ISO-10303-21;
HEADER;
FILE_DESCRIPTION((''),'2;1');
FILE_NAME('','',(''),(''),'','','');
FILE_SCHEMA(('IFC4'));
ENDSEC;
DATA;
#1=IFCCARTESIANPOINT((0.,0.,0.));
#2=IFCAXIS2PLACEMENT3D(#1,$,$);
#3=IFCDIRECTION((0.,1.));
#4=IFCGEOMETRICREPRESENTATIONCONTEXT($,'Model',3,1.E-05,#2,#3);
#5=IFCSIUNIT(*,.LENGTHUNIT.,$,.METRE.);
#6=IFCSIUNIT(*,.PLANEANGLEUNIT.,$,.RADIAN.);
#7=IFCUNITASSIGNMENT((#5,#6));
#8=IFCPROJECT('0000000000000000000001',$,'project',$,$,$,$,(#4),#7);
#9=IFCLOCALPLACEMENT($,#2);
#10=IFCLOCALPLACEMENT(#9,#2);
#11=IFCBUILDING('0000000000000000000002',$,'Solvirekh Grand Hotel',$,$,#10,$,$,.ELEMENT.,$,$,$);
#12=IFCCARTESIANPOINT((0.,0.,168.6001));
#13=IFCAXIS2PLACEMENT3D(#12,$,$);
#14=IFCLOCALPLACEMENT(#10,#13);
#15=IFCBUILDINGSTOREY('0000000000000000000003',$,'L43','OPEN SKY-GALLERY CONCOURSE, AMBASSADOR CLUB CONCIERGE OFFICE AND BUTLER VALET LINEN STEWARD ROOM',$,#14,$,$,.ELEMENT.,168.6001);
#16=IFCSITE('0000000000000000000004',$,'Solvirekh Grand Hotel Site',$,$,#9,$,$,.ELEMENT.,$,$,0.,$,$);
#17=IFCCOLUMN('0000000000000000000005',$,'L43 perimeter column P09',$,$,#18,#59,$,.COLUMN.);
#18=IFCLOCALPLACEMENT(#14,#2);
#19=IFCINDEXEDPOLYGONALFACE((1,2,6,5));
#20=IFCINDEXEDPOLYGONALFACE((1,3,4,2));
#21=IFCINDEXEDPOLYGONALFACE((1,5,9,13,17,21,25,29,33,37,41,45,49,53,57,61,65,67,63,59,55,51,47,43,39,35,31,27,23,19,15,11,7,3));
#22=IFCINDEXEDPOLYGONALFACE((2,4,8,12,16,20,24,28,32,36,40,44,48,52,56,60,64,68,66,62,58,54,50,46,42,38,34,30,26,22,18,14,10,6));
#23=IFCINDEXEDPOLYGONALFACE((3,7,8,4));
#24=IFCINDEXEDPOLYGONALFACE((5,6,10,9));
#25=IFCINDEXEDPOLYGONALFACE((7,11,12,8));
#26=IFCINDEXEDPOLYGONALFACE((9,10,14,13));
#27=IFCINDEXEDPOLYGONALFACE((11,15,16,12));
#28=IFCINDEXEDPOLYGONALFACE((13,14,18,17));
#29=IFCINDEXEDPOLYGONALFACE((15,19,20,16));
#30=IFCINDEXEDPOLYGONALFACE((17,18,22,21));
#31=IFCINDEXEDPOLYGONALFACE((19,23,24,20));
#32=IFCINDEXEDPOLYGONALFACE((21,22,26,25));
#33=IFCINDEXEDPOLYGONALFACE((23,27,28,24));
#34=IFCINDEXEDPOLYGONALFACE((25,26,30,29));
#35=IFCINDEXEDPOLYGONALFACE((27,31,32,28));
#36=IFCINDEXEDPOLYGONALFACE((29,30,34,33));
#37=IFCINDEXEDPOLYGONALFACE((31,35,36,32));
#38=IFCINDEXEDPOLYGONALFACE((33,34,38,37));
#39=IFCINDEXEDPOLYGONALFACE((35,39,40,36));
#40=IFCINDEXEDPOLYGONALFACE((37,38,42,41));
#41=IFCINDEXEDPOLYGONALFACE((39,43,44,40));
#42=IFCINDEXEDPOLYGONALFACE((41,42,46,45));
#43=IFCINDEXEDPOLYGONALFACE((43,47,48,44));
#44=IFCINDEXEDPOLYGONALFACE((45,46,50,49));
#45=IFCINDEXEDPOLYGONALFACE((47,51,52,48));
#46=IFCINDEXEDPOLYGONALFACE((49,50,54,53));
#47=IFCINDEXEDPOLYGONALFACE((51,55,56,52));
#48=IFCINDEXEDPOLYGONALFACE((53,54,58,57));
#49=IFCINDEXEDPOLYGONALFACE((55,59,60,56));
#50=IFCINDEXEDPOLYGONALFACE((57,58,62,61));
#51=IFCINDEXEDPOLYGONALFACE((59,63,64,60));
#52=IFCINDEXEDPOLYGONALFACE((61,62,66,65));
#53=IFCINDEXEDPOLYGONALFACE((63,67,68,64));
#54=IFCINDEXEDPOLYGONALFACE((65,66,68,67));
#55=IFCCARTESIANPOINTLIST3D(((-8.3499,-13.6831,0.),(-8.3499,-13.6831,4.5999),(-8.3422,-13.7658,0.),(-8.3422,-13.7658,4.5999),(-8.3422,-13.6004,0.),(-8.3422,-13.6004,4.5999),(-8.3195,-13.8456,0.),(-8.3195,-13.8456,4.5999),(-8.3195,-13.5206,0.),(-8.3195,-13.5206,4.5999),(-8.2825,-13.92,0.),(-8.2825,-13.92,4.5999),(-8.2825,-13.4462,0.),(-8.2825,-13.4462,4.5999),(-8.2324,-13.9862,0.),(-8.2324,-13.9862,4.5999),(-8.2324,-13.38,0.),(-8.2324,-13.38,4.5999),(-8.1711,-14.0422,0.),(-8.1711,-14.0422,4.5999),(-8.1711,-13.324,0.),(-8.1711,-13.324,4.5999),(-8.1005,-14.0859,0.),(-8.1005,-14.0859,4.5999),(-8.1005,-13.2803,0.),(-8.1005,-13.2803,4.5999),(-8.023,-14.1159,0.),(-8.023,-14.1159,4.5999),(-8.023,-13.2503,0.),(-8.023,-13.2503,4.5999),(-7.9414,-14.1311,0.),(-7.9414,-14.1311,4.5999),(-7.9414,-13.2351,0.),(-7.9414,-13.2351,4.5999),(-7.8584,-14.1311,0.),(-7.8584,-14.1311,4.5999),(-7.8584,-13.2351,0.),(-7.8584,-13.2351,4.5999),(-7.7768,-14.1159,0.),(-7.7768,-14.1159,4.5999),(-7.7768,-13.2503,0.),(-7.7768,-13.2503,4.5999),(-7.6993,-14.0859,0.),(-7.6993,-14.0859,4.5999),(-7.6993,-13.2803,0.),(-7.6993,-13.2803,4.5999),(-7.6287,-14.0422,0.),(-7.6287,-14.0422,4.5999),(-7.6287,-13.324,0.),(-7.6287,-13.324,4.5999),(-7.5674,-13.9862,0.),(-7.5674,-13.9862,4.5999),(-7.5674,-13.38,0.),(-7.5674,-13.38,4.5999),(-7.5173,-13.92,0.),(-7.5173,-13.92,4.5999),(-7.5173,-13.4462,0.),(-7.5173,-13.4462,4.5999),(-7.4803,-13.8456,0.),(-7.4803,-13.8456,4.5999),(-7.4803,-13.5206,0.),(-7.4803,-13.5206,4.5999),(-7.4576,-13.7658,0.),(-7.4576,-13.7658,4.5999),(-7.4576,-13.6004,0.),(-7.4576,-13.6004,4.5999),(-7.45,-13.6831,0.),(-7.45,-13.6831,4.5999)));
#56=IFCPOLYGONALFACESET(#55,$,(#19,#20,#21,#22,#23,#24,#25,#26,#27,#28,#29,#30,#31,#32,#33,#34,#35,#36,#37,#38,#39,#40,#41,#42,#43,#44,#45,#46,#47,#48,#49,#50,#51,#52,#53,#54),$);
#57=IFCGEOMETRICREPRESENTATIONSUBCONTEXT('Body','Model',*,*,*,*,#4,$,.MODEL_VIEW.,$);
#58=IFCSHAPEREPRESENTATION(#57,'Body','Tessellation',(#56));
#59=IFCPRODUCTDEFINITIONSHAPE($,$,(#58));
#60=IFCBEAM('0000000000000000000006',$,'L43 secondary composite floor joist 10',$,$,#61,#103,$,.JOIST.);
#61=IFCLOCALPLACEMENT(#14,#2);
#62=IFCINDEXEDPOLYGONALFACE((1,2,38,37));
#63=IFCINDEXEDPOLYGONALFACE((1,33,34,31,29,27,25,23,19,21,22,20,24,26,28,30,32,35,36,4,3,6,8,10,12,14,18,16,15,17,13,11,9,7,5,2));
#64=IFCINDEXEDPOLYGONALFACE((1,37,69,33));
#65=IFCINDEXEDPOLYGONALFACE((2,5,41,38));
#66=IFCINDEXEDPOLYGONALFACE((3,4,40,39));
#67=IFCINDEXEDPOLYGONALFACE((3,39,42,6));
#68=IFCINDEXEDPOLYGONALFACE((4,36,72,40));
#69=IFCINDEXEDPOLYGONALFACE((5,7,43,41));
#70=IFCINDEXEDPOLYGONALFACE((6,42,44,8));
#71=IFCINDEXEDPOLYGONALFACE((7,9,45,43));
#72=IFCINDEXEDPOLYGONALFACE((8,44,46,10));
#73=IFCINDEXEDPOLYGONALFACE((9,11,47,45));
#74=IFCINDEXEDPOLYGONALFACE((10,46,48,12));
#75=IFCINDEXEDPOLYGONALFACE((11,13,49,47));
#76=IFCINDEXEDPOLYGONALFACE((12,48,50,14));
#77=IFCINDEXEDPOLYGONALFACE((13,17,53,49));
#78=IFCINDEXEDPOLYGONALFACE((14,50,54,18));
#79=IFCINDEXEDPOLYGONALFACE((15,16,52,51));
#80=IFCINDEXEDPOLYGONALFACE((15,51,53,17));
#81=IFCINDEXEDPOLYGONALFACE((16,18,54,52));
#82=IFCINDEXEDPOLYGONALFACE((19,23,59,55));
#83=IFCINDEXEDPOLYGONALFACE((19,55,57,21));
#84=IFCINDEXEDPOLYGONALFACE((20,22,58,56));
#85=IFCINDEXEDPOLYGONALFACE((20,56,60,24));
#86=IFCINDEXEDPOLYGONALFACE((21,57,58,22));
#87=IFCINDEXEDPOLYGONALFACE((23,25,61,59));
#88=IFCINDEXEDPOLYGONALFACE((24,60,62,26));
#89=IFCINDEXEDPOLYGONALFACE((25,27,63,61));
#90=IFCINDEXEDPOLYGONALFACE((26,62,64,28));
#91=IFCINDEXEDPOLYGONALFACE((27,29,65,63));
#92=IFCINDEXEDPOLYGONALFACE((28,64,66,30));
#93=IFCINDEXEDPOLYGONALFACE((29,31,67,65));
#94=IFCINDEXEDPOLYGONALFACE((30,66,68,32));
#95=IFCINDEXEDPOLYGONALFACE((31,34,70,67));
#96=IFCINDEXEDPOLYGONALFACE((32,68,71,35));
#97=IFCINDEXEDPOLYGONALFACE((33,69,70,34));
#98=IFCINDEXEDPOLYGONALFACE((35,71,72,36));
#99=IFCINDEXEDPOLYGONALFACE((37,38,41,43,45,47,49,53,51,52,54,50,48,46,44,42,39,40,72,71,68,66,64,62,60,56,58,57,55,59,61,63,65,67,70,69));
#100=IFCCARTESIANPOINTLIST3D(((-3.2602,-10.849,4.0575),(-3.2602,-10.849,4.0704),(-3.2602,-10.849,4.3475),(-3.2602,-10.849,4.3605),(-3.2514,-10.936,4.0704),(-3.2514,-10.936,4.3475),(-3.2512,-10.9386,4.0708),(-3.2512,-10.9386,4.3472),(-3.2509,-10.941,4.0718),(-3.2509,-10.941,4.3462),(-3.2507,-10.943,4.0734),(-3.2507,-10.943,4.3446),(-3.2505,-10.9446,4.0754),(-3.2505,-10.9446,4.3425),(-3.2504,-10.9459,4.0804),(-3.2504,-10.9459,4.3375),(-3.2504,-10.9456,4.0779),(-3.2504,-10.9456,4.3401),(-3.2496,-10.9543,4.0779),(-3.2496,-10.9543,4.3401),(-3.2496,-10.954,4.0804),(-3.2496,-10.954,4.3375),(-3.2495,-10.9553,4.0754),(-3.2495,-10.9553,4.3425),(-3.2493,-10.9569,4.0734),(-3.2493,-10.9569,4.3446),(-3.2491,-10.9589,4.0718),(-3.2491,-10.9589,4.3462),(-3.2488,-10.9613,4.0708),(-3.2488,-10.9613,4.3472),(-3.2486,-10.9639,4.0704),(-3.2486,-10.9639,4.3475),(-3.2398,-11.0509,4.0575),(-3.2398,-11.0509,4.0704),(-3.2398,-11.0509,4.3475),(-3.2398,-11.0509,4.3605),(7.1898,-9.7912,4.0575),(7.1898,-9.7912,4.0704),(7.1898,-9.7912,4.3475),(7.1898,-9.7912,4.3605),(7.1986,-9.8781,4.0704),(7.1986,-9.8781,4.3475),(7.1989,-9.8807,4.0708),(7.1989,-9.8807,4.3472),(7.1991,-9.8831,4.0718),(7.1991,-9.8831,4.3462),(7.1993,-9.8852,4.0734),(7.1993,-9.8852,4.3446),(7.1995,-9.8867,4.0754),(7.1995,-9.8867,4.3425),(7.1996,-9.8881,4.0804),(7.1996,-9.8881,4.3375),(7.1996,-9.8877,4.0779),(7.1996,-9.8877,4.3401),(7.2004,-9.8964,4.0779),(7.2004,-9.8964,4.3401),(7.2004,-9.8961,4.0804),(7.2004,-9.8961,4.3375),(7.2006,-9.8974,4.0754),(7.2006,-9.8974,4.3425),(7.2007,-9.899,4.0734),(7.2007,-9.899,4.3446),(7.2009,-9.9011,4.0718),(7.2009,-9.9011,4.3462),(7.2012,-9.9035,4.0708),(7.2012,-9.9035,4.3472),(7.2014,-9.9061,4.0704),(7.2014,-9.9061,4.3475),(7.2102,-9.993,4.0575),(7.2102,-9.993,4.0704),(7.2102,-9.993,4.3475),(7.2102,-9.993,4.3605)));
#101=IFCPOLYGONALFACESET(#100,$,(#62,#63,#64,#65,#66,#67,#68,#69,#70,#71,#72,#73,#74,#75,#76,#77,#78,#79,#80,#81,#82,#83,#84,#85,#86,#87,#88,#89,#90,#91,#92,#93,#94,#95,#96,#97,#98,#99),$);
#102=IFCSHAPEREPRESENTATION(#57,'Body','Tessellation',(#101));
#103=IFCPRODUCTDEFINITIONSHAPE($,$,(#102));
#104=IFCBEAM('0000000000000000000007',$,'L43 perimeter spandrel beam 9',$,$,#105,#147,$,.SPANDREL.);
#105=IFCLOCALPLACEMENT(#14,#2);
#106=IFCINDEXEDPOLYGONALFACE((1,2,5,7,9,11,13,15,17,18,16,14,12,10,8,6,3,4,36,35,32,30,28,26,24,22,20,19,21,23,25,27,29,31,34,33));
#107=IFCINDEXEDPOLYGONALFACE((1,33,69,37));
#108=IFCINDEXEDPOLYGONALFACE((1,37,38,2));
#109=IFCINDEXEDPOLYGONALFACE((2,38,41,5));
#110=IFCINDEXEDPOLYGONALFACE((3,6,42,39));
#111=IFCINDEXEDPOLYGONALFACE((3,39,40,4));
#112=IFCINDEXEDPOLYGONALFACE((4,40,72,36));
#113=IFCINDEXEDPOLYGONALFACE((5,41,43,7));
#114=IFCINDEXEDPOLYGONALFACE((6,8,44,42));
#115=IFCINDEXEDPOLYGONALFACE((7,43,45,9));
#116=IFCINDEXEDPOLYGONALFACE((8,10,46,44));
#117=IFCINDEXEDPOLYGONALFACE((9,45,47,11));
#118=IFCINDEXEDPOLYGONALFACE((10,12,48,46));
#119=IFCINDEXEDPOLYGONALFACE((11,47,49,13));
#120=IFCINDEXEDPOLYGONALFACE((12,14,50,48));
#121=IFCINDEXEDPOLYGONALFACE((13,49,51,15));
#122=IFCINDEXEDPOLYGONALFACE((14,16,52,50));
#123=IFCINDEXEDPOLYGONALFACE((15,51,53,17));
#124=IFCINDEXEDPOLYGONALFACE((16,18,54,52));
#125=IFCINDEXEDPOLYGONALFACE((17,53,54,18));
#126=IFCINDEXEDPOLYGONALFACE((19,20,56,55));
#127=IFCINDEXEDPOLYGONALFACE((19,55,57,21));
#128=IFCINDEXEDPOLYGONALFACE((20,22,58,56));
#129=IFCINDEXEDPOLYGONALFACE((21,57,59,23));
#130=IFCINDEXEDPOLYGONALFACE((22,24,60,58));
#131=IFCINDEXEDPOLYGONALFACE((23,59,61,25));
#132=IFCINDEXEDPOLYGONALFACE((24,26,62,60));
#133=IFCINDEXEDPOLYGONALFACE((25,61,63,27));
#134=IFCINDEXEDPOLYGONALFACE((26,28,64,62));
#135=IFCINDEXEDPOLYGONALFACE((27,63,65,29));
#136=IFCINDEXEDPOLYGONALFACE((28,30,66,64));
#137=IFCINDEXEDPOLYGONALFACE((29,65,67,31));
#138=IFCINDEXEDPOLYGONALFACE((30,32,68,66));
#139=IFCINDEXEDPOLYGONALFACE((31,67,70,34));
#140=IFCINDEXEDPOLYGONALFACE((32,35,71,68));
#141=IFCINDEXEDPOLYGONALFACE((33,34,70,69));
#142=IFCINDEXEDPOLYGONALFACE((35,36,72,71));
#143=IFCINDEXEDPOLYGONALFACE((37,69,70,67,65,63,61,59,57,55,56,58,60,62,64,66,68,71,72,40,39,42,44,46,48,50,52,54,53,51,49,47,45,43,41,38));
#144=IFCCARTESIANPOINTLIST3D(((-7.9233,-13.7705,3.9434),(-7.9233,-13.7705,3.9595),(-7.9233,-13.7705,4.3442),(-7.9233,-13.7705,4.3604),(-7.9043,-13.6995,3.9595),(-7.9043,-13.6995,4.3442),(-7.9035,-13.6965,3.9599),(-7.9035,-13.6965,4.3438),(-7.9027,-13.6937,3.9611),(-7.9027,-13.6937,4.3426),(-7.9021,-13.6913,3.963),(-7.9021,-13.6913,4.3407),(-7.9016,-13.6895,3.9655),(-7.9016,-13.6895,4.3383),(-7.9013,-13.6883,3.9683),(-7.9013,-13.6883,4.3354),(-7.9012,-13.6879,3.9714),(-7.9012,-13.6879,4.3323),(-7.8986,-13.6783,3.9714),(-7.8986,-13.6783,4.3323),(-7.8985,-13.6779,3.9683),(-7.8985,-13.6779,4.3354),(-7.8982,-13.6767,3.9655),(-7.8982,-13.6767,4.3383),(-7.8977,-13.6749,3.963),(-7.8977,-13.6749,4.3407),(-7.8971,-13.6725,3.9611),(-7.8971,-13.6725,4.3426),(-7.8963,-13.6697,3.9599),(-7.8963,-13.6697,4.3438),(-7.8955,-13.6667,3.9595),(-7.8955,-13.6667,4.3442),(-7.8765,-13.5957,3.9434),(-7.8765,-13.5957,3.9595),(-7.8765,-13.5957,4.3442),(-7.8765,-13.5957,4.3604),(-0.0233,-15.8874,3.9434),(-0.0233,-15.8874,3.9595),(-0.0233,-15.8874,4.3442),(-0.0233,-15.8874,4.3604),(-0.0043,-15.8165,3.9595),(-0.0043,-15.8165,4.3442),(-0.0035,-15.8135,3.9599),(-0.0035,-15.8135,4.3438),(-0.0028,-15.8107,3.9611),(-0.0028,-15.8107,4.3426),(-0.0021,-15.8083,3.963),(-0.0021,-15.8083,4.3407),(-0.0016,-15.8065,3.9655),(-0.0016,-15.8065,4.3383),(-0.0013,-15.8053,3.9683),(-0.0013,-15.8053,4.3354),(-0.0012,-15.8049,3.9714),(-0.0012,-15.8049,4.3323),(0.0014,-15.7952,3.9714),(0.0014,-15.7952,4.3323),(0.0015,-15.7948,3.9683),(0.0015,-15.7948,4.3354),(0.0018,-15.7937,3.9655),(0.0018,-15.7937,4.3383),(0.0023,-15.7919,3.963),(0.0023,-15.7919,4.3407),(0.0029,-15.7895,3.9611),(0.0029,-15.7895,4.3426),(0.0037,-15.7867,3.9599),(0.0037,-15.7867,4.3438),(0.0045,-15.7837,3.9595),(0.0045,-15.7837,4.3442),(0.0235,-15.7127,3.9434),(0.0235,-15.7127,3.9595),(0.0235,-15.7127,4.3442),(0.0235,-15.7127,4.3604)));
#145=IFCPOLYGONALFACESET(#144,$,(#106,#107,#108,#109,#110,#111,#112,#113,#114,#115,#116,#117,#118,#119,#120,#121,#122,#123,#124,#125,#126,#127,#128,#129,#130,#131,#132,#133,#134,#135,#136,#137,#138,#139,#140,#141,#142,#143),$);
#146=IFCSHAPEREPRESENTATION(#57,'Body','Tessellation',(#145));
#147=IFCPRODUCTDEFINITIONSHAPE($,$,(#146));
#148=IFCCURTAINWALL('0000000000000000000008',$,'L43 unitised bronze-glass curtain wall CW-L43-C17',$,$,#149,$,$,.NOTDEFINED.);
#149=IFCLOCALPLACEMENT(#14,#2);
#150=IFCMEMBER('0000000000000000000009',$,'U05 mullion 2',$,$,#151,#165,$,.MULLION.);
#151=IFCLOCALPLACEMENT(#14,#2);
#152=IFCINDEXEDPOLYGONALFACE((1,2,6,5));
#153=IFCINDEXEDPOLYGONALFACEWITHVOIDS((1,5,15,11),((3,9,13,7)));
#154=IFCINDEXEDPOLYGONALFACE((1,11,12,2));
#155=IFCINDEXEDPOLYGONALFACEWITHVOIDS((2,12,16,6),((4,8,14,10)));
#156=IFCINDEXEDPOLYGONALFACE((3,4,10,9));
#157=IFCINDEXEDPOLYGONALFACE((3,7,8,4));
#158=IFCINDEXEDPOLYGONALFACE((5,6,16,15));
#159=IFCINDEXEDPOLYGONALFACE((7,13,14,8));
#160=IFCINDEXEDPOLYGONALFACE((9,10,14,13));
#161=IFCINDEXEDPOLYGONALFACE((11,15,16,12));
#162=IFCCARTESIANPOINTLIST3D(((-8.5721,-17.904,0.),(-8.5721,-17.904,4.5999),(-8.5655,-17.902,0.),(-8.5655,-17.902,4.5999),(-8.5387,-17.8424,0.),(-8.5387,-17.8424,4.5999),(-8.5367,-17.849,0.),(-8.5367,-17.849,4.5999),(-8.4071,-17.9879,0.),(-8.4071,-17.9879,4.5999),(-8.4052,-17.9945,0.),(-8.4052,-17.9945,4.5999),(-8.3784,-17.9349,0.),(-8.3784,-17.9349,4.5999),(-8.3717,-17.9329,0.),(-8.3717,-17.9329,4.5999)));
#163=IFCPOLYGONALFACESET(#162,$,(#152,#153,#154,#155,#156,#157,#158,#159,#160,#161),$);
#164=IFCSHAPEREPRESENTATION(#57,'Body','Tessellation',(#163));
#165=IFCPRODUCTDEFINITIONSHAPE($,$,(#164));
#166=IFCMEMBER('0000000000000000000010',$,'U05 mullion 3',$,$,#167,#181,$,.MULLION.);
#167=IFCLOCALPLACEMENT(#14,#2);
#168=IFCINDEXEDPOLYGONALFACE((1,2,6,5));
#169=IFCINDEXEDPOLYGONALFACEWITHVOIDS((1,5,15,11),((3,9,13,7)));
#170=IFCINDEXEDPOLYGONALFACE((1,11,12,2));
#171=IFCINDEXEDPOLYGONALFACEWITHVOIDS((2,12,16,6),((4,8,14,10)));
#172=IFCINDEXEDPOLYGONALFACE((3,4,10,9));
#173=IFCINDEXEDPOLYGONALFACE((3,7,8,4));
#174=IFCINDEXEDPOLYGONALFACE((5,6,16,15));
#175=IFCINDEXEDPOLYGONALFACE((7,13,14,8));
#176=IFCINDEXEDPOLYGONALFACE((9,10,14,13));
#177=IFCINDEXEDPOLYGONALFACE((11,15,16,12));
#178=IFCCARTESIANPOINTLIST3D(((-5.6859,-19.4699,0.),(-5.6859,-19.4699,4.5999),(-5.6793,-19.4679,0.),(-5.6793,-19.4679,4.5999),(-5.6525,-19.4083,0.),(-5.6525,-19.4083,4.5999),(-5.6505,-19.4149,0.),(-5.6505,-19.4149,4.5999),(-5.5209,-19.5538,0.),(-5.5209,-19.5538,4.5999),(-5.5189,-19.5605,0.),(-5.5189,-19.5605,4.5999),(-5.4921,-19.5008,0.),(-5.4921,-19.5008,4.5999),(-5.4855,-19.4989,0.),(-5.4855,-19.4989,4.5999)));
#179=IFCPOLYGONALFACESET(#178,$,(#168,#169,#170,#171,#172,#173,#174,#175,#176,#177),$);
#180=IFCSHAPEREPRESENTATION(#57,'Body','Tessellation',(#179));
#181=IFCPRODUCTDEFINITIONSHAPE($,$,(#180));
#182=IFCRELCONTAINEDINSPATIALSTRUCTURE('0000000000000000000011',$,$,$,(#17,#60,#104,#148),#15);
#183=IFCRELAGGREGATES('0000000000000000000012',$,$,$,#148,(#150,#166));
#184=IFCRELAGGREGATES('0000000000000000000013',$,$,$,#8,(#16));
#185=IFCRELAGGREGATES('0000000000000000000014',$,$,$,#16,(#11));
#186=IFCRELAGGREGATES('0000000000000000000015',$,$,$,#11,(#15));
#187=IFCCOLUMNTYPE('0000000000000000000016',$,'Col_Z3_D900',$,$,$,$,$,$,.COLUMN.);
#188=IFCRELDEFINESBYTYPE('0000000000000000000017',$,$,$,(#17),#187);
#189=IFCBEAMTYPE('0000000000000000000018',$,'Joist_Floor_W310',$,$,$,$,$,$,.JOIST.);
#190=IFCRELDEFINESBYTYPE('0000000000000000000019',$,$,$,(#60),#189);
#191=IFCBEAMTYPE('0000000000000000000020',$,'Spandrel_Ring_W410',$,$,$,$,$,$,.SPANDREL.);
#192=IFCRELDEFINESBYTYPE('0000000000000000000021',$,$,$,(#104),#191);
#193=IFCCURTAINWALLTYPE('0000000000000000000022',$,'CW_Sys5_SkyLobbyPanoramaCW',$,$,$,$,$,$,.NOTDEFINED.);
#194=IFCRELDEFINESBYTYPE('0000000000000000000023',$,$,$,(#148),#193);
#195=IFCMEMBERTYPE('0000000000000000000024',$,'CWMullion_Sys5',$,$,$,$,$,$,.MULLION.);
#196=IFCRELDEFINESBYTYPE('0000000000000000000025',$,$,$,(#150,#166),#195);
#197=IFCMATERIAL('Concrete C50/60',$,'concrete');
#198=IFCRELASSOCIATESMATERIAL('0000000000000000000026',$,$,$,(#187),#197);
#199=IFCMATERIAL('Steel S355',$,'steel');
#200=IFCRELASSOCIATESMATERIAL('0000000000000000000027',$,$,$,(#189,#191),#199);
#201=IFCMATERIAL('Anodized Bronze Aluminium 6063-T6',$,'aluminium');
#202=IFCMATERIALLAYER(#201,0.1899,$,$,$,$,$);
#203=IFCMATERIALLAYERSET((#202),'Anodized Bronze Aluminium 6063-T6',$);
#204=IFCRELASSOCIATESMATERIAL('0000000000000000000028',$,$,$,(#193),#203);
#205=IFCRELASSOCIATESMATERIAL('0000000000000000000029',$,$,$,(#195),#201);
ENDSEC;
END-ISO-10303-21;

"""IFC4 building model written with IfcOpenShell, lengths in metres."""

from ifc_helpers import new_model, si_unit, direction, frame, origin, origin_2d, place, context, subcontext, project, spatial, hollow_rectangle, circle, i_section, extrude, source, transform, mapped, material, layer, layer_set, material_profile, profile_set, type_object, element, aggregate, save


model = new_model("IFC4")

# Units and contexts
model_context = context("Model", 3, precision=1e-05, world=origin(), true_north=direction((0.0, 1.0)))
body_context = subcontext(model_context, "Body", "Model", "MODEL_VIEW")
ifc_project = project(units=[si_unit("LENGTHUNIT", "METRE"), si_unit("PLANEANGLEUNIT", "RADIAN")], contexts=[model_context])

# Site, building, storey
site_placement = place(None, origin())
site = spatial("IfcSite", under=ifc_project, at=site_placement, Name="Solvirekh Grand Hotel Site", CompositionType="ELEMENT", RefElevation=0.0)
building_placement = place(site_placement, origin())
building = spatial("IfcBuilding", under=site, at=building_placement, Name="Solvirekh Grand Hotel", CompositionType="ELEMENT")
storey_placement = place(building_placement, frame((0.0, 0.0, 168.6001)))
storey = spatial("IfcBuildingStorey", under=building, at=storey_placement, Name="L43", Description="OPEN SKY-GALLERY CONCOURSE, AMBASSADOR CLUB CONCIERGE OFFICE AND BUTLER VALET LINEN STEWARD ROOM", CompositionType="ELEMENT", Elevation=168.6001)

# Column
ifc_material_1 = material(Name="Concrete C50/60", Category="concrete")
ifc_material_profile_1 = material_profile(ifc_material_1, circle(Radius=0.45, at=origin_2d()), Name="RC CIRC D900")
ifc_profile_set_1 = profile_set([ifc_material_profile_1], Name="Concrete C50/60")
column_type = type_object("IfcColumnType", Name="Col_Z3_D900", PredefinedType="COLUMN", material=ifc_profile_set_1)
column_placement = place(storey_placement, frame((-7.8999, -13.6831, 0.0), z_axis=(0.0, 0.0, 1.0), x_axis=(1.0, 0.0, 0.0)))
element("IfcColumn", 1, at=column_placement, inside=storey, type_object=column_type, Name="L43 perimeter column P09", PredefinedType="COLUMN", context=body_context, shape_type="SweptSolid", body=[
    extrude(circle(Radius=0.45, at=origin_2d()), origin(), (0.0, 0.0, 1.0), 4.5999),
])

# Beams
ifc_material_2 = material(Name="Steel S355", Category="steel")
ifc_material_profile_2 = material_profile(ifc_material_2, i_section(OverallWidth=0.2029, OverallDepth=0.303, WebThickness=0.0081, FlangeThickness=0.0129, FilletRadius=0.01, at=origin_2d()), Name="W310X60")
ifc_profile_set_2 = profile_set([ifc_material_profile_2], Name="Steel S355")
beam_type_1 = type_object("IfcBeamType", Name="Joist_Floor_W310", PredefinedType="JOIST", material=ifc_profile_set_2)
beam_1_placement = place(storey_placement, frame((-3.25, -10.95, 4.209), z_axis=(0.994915, 0.100716, 0.0), x_axis=(-0.100716, 0.994915, 0.0)))
element("IfcBeam", 2, at=beam_1_placement, inside=storey, type_object=beam_type_1, Name="L43 secondary composite floor joist 10", PredefinedType="JOIST", context=body_context, shape_type="SweptSolid", body=[
    extrude(i_section(OverallWidth=0.2029, OverallDepth=0.303, WebThickness=0.0081, FlangeThickness=0.0129, FilletRadius=0.01, at=origin_2d()), origin(), (0.0, 0.0, 1.0), 10.5034),
])
ifc_material_profile_3 = material_profile(ifc_material_2, i_section(OverallWidth=0.1809, OverallDepth=0.417, WebThickness=0.01, FlangeThickness=0.0161, FilletRadius=0.012, at=origin_2d()), Name="W410X85")
ifc_profile_set_3 = profile_set([ifc_material_profile_3], Name="Steel S355")
beam_type_2 = type_object("IfcBeamType", Name="Spandrel_Ring_W410", PredefinedType="SPANDREL", material=ifc_profile_set_3)
beam_2_placement = place(storey_placement, frame((-7.8999, -13.6831, 4.1519), z_axis=(0.965921, -0.258839, 0.0), x_axis=(0.258839, 0.965921, 0.0)))
element("IfcBeam", 3, at=beam_2_placement, inside=storey, type_object=beam_type_2, Name="L43 perimeter spandrel beam 9", PredefinedType="SPANDREL", context=body_context, shape_type="SweptSolid", body=[
    extrude(i_section(OverallWidth=0.1809, OverallDepth=0.417, WebThickness=0.01, FlangeThickness=0.0161, FilletRadius=0.012, at=origin_2d()), origin(), (0.0, 0.0, 1.0), 8.1787),
])

# Curtain wall, members
ifc_material_3 = material(Name="Anodized Bronze Aluminium 6063-T6", Category="aluminium")
ifc_layer_1 = layer(ifc_material_3, 0.1899)
ifc_layer_set_1 = layer_set([ifc_layer_1], Name="Anodized Bronze Aluminium 6063-T6")
curtain_wall_type = type_object("IfcCurtainWallType", Name="CW_Sys5_SkyLobbyPanoramaCW", PredefinedType="NOTDEFINED", material=ifc_layer_set_1)
curtain_wall_1_placement = place(storey_placement, origin())
curtain_wall_1 = element("IfcCurtainWall", 4, at=curtain_wall_1_placement, inside=storey, type_object=curtain_wall_type, Name="L43 unitised bronze-glass curtain wall CW-L43-C17", PredefinedType="NOTDEFINED")
ifc_material_profile_4 = material_profile(ifc_material_3, hollow_rectangle(XDim=0.0701, YDim=0.1899, WallThickness=0.0049, at=origin_2d()), Name="ALU RHS 190X70X5")
ifc_profile_set_4 = profile_set([ifc_material_profile_4], Name="Anodized Bronze Aluminium 6063-T6")
member_type_1 = type_object("IfcMemberType", Name="CWMullion_Sys5", PredefinedType="MULLION", material=ifc_profile_set_4)
shared_shape_1 = source(origin(), body_context, "Body", "SweptSolid", [
    extrude(hollow_rectangle(XDim=0.0701, YDim=0.1899, WallThickness=0.0049, at=origin_2d()), origin(), (0.0, 0.0, 1.0), 4.5999),
])
member_1_placement = place(storey_placement, frame((-8.4719, -17.9185, 0.0), z_axis=(0.0, 0.0, 1.0), x_axis=(0.476856, 0.878982, 0.0)))
member_1 = element("IfcMember", 5, at=member_1_placement, type_object=member_type_1, Name="U05 mullion 2", PredefinedType="MULLION", context=body_context, shape_type="MappedRepresentation", body=[
    mapped(shared_shape_1, transform((0.0, 0.0, 0.0), x_axis=(1.0, 0.0, 0.0), y_axis=(0.0, 1.0, 0.0), z_axis=(0.0, 0.0, 1.0), scale=1.0)),
])
member_2_placement = place(storey_placement, frame((-5.5857, -19.4844, 0.0), z_axis=(0.0, 0.0, 1.0), x_axis=(0.476856, 0.878982, 0.0)))
member_2 = element("IfcMember", 6, at=member_2_placement, type_object=member_type_1, Name="U05 mullion 3", PredefinedType="MULLION", context=body_context, shape_type="MappedRepresentation", body=[
    mapped(shared_shape_1, transform((0.0, 0.0, 0.0), x_axis=(1.0, 0.0, 0.0), y_axis=(0.0, 1.0, 0.0), z_axis=(0.0, 0.0, 1.0), scale=1.0)),
])

aggregate(curtain_wall_1, [member_1, member_2])

save(model, "model.ifc")
